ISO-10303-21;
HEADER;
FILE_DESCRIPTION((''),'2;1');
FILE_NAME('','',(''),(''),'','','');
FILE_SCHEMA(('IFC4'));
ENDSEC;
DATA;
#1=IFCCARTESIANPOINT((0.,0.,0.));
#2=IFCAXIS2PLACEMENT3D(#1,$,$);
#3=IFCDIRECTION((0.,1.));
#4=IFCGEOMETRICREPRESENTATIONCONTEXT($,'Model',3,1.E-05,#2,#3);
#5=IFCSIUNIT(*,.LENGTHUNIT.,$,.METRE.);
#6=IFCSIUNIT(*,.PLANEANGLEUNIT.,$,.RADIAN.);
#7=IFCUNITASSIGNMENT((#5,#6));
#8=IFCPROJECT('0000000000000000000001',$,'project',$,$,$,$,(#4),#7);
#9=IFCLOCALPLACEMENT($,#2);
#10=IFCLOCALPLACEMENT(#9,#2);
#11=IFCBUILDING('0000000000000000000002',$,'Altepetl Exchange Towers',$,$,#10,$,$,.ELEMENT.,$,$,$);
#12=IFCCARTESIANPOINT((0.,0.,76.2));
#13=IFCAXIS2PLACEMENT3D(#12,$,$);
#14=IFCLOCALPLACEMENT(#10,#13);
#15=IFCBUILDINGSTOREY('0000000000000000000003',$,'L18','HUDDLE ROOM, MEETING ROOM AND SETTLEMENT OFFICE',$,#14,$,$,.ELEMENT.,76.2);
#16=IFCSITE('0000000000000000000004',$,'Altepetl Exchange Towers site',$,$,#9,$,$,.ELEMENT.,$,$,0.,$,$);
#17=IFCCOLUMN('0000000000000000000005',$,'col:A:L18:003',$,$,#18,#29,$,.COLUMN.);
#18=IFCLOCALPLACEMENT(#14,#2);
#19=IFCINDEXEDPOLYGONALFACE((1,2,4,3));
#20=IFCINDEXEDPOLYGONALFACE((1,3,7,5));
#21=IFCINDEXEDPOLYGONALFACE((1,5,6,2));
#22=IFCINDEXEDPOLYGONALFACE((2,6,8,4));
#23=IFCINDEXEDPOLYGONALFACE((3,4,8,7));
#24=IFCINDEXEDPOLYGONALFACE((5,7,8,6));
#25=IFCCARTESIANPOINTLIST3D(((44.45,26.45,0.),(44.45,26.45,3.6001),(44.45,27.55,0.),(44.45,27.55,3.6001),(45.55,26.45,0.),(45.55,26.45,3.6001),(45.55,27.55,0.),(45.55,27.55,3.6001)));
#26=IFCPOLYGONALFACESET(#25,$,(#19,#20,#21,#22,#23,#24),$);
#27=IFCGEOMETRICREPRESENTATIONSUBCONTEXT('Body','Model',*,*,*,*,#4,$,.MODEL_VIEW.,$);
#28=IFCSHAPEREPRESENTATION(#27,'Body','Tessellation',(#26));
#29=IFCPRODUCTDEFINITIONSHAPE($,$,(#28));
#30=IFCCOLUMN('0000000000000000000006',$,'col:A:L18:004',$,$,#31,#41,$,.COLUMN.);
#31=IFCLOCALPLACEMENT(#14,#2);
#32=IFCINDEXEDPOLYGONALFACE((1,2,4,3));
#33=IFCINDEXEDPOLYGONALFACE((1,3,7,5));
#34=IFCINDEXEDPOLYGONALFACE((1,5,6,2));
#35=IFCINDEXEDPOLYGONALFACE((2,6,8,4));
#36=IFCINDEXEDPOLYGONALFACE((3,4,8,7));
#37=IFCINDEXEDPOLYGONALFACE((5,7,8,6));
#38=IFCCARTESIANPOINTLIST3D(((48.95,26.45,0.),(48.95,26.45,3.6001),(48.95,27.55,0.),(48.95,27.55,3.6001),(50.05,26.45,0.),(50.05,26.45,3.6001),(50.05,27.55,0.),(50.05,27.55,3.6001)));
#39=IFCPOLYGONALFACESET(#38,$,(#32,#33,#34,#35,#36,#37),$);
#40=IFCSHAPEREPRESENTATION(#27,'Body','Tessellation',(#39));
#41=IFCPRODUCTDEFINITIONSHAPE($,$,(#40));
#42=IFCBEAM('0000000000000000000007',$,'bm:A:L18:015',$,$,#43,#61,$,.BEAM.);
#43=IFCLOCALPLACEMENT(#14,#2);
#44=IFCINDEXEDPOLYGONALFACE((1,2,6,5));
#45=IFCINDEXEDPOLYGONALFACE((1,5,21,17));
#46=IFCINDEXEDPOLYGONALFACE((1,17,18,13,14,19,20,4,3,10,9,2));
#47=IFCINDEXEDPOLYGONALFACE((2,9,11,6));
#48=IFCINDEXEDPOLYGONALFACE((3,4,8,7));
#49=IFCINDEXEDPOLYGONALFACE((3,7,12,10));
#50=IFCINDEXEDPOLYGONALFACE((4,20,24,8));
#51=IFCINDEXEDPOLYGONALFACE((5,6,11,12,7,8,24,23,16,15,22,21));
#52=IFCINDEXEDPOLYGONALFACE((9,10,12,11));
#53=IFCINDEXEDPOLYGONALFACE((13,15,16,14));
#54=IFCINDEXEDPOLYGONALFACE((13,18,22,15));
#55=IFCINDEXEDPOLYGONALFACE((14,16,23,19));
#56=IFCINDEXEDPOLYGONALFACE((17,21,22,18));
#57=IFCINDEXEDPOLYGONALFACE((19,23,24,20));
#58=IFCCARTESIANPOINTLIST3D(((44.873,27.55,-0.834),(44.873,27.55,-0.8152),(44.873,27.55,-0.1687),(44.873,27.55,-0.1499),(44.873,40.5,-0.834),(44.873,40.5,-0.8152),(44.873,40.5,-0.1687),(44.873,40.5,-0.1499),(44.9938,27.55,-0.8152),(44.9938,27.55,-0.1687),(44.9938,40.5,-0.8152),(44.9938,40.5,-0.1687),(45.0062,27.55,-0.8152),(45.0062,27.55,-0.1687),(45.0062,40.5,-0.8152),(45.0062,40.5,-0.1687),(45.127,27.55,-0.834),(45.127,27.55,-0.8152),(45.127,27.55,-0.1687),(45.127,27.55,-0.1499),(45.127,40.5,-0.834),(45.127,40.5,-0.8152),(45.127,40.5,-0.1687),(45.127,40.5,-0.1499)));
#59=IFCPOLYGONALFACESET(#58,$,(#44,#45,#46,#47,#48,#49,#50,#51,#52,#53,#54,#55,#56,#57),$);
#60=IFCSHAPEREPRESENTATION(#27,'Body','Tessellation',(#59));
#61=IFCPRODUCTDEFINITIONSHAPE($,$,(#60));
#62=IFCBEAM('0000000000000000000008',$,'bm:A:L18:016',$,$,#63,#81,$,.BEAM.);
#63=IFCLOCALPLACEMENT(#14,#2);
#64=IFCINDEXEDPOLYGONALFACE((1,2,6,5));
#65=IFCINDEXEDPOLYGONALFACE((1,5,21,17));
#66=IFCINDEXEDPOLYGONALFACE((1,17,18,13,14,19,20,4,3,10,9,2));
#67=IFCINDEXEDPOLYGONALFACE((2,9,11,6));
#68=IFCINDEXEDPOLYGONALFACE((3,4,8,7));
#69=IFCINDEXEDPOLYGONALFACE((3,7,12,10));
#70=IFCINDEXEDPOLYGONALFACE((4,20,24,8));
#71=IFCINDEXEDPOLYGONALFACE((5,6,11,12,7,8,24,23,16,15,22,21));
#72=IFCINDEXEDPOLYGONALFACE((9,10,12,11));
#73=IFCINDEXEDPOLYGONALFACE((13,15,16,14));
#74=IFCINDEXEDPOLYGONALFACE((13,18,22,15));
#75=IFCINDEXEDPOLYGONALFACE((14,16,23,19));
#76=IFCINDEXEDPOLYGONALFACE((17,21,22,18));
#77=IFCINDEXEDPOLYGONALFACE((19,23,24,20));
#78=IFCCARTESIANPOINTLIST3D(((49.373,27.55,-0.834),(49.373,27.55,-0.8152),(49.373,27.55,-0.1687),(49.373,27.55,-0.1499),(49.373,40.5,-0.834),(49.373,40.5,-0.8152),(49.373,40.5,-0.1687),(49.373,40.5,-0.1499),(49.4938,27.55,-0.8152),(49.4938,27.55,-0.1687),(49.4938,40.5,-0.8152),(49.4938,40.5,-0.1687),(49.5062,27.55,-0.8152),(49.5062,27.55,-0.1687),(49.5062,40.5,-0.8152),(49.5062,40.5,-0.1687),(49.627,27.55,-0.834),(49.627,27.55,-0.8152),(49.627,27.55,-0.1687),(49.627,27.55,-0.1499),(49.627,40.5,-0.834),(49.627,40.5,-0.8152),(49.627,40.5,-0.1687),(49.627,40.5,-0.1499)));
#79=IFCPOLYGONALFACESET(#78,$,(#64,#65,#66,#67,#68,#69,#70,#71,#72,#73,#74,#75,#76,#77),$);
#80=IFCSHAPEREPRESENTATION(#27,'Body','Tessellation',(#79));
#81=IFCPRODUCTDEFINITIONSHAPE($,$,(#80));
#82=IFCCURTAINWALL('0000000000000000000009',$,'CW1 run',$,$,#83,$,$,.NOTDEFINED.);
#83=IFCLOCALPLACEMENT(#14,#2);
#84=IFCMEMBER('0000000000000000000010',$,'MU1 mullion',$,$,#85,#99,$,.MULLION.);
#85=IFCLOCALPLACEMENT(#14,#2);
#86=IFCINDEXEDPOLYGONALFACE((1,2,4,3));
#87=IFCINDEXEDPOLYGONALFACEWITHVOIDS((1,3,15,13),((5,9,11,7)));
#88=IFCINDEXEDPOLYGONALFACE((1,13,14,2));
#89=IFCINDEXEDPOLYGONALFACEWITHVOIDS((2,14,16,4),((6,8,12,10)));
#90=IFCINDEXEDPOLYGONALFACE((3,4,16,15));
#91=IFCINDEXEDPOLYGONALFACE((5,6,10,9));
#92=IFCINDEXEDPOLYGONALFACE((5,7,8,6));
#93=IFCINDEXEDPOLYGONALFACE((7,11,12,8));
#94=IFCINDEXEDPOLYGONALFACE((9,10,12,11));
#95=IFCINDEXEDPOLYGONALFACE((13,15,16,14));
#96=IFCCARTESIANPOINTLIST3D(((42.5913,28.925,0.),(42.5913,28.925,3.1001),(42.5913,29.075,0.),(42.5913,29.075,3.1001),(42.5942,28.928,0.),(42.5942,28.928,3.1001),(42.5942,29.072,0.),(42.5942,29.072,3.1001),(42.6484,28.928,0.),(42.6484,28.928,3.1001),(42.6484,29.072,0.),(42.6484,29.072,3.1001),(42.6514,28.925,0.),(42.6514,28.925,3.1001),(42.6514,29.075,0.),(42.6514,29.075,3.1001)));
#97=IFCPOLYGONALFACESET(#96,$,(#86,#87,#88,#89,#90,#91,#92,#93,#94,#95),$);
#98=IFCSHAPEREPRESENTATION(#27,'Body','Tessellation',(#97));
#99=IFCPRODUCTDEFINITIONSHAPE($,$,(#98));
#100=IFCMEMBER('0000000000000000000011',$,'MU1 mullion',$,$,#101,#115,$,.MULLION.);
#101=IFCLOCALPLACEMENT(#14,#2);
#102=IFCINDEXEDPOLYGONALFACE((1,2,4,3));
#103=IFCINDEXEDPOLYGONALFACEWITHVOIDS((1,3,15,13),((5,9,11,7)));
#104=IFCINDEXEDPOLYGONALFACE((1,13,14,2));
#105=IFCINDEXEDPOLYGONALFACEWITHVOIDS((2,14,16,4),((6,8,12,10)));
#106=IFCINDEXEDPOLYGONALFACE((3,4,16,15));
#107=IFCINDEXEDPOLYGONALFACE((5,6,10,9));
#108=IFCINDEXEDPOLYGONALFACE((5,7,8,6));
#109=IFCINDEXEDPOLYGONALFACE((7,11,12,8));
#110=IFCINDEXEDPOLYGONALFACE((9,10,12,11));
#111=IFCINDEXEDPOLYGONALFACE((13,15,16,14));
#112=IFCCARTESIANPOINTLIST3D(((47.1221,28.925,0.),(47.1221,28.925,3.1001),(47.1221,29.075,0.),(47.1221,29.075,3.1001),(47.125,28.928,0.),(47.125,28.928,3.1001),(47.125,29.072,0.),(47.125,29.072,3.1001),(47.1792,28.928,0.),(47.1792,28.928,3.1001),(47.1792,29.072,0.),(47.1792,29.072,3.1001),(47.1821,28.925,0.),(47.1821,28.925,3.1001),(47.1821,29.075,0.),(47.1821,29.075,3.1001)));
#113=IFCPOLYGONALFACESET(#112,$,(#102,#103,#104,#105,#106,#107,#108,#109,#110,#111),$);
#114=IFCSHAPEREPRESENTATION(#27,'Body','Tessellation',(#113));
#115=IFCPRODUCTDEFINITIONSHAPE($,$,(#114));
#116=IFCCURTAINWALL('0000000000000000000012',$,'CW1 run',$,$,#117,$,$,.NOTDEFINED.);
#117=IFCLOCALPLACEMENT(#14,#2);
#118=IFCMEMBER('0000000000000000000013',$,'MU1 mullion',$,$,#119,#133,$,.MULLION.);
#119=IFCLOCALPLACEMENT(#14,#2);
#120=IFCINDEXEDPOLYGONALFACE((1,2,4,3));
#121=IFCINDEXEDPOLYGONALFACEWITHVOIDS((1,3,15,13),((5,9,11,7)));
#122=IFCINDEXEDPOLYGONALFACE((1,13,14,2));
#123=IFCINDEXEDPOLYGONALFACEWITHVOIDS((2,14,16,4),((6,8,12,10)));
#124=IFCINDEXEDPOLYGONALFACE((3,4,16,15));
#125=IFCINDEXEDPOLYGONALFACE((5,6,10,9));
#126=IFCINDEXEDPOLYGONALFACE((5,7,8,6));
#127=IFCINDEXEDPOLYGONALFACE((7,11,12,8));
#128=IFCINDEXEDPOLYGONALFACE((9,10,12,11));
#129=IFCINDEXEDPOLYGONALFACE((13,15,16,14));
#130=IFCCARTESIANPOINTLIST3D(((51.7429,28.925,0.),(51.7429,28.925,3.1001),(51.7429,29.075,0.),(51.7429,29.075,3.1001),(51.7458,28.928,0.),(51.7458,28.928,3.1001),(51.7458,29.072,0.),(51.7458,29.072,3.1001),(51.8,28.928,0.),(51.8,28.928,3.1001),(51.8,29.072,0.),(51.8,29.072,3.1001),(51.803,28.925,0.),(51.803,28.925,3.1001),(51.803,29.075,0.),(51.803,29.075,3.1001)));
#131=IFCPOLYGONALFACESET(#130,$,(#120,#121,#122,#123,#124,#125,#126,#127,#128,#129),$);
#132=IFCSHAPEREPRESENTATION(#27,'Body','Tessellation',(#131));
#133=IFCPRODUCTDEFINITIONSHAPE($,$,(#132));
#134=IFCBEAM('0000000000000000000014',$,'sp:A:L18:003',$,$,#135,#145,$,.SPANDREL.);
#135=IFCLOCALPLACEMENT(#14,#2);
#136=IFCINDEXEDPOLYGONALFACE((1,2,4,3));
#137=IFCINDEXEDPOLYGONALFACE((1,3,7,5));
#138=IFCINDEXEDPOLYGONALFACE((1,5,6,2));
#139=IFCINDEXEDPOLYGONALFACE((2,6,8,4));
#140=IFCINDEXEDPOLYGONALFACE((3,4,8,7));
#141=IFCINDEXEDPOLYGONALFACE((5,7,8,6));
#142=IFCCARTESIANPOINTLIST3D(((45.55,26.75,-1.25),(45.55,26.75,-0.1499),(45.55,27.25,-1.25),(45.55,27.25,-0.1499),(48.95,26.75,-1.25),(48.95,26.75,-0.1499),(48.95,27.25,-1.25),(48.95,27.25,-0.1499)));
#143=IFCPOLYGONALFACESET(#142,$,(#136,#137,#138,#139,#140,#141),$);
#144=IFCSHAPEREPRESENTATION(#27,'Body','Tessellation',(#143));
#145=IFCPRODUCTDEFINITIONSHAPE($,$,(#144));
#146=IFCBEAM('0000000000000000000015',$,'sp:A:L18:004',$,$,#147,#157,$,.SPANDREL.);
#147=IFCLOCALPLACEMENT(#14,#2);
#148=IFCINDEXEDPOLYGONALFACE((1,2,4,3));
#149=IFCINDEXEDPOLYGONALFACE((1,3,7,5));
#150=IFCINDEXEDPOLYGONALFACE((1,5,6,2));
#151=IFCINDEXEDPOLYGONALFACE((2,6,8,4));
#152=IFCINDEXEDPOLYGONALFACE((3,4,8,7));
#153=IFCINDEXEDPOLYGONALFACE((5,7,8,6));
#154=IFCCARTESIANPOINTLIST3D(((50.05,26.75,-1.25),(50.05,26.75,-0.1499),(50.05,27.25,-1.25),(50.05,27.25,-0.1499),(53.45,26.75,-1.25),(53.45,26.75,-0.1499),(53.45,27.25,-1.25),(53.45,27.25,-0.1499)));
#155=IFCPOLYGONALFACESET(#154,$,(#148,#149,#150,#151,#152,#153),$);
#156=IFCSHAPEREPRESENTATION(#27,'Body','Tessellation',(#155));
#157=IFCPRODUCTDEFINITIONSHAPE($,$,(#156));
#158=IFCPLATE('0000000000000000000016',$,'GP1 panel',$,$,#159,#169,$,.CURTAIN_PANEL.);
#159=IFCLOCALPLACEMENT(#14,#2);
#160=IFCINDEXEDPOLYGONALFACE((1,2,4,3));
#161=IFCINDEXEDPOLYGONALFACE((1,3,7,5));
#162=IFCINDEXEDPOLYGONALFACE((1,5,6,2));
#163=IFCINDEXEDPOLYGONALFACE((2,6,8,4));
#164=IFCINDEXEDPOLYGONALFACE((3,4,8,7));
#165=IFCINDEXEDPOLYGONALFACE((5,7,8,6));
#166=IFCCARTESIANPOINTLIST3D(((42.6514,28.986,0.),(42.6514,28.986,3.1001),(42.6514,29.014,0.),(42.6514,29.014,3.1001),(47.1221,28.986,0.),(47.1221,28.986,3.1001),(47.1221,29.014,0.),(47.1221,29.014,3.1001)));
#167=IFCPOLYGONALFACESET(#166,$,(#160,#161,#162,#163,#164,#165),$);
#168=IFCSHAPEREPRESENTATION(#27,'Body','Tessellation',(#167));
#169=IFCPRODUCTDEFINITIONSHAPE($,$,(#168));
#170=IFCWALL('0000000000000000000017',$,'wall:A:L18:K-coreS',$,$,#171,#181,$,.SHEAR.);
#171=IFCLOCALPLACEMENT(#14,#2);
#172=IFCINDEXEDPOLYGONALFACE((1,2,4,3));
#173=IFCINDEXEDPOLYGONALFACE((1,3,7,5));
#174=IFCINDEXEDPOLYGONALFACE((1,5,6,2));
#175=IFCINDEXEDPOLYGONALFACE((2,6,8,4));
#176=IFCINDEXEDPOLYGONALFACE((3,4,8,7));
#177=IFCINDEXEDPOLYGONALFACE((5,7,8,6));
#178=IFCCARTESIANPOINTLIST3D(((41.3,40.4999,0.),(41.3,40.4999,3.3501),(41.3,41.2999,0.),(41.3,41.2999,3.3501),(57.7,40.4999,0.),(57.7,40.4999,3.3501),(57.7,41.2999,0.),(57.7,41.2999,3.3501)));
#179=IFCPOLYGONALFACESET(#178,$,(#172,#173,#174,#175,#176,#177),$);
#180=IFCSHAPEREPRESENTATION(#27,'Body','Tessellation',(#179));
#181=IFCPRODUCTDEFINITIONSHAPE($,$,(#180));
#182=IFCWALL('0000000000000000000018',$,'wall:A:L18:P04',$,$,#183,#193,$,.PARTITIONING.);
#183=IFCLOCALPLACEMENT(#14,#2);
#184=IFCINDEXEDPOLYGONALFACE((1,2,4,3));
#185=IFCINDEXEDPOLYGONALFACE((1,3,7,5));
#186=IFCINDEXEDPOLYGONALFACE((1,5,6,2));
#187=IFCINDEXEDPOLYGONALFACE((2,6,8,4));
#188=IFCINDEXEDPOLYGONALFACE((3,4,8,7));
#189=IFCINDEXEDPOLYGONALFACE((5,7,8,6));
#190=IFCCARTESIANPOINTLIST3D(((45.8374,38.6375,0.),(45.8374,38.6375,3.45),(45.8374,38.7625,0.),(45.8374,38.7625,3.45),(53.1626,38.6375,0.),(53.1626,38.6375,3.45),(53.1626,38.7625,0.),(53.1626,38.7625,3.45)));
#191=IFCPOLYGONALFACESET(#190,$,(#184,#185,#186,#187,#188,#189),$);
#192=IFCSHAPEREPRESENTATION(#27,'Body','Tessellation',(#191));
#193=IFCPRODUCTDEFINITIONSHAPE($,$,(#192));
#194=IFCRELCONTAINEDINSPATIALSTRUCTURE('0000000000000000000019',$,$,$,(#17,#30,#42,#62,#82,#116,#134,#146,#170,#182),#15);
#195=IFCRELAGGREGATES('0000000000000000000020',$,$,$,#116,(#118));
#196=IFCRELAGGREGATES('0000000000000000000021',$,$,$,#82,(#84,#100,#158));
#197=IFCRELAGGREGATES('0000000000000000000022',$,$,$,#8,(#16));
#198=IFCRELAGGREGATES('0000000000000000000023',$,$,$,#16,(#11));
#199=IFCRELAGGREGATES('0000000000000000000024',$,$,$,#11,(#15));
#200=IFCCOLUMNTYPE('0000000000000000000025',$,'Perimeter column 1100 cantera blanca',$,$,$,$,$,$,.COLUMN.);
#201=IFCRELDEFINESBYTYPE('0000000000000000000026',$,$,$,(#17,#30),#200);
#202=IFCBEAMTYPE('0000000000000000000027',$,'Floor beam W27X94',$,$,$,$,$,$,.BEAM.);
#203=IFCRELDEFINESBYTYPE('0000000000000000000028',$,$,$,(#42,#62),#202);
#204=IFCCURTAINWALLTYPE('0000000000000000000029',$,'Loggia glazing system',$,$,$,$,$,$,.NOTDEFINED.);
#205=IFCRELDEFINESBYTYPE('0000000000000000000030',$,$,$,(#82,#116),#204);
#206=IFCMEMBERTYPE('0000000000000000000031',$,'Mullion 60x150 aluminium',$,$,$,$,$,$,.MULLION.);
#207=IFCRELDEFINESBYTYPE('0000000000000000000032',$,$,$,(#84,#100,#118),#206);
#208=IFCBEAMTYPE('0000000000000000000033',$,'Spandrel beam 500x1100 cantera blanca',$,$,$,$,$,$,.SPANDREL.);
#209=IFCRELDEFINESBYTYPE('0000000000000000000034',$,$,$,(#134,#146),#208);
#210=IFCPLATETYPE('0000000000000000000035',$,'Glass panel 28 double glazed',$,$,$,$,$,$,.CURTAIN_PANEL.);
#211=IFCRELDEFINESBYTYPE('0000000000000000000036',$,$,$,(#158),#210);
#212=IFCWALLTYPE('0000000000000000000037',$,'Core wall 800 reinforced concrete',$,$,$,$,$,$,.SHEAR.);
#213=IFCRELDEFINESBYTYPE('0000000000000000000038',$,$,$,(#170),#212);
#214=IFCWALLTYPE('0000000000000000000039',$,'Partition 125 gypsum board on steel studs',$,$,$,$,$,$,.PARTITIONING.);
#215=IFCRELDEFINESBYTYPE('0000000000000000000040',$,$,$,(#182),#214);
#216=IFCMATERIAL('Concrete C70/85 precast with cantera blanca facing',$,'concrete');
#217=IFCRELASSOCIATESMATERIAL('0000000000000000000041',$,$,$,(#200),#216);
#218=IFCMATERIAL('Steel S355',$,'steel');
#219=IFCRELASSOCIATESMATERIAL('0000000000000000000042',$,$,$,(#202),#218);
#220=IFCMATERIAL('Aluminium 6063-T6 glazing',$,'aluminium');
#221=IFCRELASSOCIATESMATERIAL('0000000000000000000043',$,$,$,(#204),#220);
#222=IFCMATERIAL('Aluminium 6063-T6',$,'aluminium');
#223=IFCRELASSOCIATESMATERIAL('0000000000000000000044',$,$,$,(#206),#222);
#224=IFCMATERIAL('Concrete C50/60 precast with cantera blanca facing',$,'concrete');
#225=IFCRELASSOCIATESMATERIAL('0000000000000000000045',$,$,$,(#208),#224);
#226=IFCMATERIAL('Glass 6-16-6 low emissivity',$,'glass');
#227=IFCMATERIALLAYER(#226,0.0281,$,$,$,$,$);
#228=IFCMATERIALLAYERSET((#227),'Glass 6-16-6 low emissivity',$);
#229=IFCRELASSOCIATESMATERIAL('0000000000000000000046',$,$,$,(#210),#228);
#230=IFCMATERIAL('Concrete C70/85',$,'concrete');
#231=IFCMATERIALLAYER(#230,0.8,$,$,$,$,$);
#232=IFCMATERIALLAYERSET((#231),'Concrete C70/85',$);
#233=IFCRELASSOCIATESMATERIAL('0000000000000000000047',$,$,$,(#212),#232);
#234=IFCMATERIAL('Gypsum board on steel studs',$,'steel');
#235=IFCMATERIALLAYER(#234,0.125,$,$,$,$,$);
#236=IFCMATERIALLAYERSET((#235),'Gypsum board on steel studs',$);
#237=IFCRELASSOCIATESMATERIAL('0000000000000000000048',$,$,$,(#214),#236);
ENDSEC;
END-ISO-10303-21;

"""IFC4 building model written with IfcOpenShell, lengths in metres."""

from ifc_helpers import new_model, si_unit, direction, frame, frame_2d, origin, origin_2d, place, context, subcontext, project, spatial, rectangle, hollow_rectangle, i_section, extrude, material, layer, layer_set, material_profile, profile_set, type_object, element, aggregate, save


model = new_model("IFC4")

# Units and contexts
model_context = context("Model", 3, precision=1e-05, world=origin(), true_north=direction((0.0, 1.0)))
body_context = subcontext(model_context, "Body", "Model", "MODEL_VIEW")
ifc_project = project(units=[si_unit("LENGTHUNIT", "METRE"), si_unit("PLANEANGLEUNIT", "RADIAN")], contexts=[model_context])

# Site, building, storey
site_placement = place(None, origin())
site = spatial("IfcSite", under=ifc_project, at=site_placement, Name="Altepetl Exchange Towers site", CompositionType="ELEMENT", RefElevation=0.0)
building_placement = place(site_placement, origin())
building = spatial("IfcBuilding", under=site, at=building_placement, Name="Altepetl Exchange Towers", CompositionType="ELEMENT")
storey_placement = place(building_placement, frame((0.0, 0.0, 76.2)))
storey = spatial("IfcBuildingStorey", under=building, at=storey_placement, Name="L18", Description="HUDDLE ROOM, MEETING ROOM AND SETTLEMENT OFFICE", CompositionType="ELEMENT", Elevation=76.2)

# Columns
ifc_material_1 = material(Name="Concrete C70/85 precast with cantera blanca facing", Category="concrete")
ifc_material_profile_1 = material_profile(ifc_material_1, rectangle(XDim=1.1001, YDim=1.1001, at=origin_2d()), Name="1100 x 1100")
ifc_profile_set_1 = profile_set([ifc_material_profile_1], Name="Concrete C70/85 precast with cantera blanca facing")
column_type = type_object("IfcColumnType", Name="Perimeter column 1100 cantera blanca", PredefinedType="COLUMN", material=ifc_profile_set_1)
for number, where, name in (
    (1, (45.0, 27.0, 0.0), "col:A:L18:003"),
    (2, (49.5, 27.0, 0.0), "col:A:L18:004"),
):
    element("IfcColumn", number, at=place(storey_placement, frame(where)), inside=storey, type_object=column_type, Name=name, PredefinedType="COLUMN", context=body_context, shape_type="SweptSolid", body=[
        extrude(rectangle(XDim=1.1001, YDim=1.1001, at=origin_2d()), origin(), (0.0, 0.0, 1.0), 3.6001),
    ])

# Beams
ifc_material_2 = material(Name="Steel S355", Category="steel")
ifc_material_profile_2 = material_profile(ifc_material_2, i_section(OverallWidth=0.2539, OverallDepth=0.6841, WebThickness=0.0125, FlangeThickness=0.0188, at=origin_2d()), Name="W27X94")
ifc_profile_set_2 = profile_set([ifc_material_profile_2], Name="Steel S355")
beam_type_1 = type_object("IfcBeamType", Name="Floor beam W27X94", PredefinedType="BEAM", material=ifc_profile_set_2)
for number, where, z_axis, x_axis, name in (
    (3, (45.0, 27.55, -0.4919), (0.0, 1.0, 0.0), (-1.0, 0.0, 0.0), "bm:A:L18:015"),
    (4, (49.5, 27.55, -0.4919), (0.0, 1.0, 0.0), (-1.0, 0.0, 0.0), "bm:A:L18:016"),
):
    element("IfcBeam", number, at=place(storey_placement, frame(where, z_axis=z_axis, x_axis=x_axis)), inside=storey, type_object=beam_type_1, Name=name, PredefinedType="BEAM", context=body_context, shape_type="SweptSolid", body=[
        extrude(i_section(OverallWidth=0.2539, OverallDepth=0.6841, WebThickness=0.0125, FlangeThickness=0.0188, at=origin_2d()), origin(), (0.0, 0.0, 1.0), 12.95),
    ])

# Curtain wall, members
ifc_material_3 = material(Name="Aluminium 6063-T6 glazing", Category="aluminium")
curtain_wall_type = type_object("IfcCurtainWallType", Name="Loggia glazing system", PredefinedType="NOTDEFINED", material=ifc_material_3)
curtain_wall_1_placement = place(storey_placement, origin())
curtain_wall_1 = element("IfcCurtainWall", 5, at=curtain_wall_1_placement, inside=storey, type_object=curtain_wall_type, Name="CW1 run", PredefinedType="NOTDEFINED")
ifc_material_4 = material(Name="Aluminium 6063-T6", Category="aluminium")
ifc_material_profile_3 = material_profile(ifc_material_4, hollow_rectangle(XDim=0.0601, YDim=0.1499, WallThickness=0.0029, at=origin_2d()), Name="Mullion 60x150 aluminium")
ifc_profile_set_3 = profile_set([ifc_material_profile_3], Name="Aluminium 6063-T6")
member_type = type_object("IfcMemberType", Name="Mullion 60x150 aluminium", PredefinedType="MULLION", material=ifc_profile_set_3)
member_1_placement = place(storey_placement, frame((42.6213, 29.0, 0.0)))
member_1 = element("IfcMember", 6, at=member_1_placement, type_object=member_type, Name="MU1 mullion", PredefinedType="MULLION", context=body_context, shape_type="SweptSolid", body=[
    extrude(hollow_rectangle(XDim=0.0601, YDim=0.1499, WallThickness=0.0029, at=origin_2d()), origin(), (0.0, 0.0, 1.0), 3.1001),
])
member_2_placement = place(storey_placement, frame((47.1521, 29.0, 0.0)))
member_2 = element("IfcMember", 7, at=member_2_placement, type_object=member_type, Name="MU1 mullion", PredefinedType="MULLION", context=body_context, shape_type="SweptSolid", body=[
    extrude(hollow_rectangle(XDim=0.0601, YDim=0.1499, WallThickness=0.0029, at=origin_2d()), origin(), (0.0, 0.0, 1.0), 3.1001),
])

# Curtain wall, member
curtain_wall_2_placement = place(storey_placement, origin())
curtain_wall_2 = element("IfcCurtainWall", 8, at=curtain_wall_2_placement, inside=storey, type_object=curtain_wall_type, Name="CW1 run", PredefinedType="NOTDEFINED")
member_3_placement = place(storey_placement, frame((51.7729, 29.0, 0.0)))
member_3 = element("IfcMember", 9, at=member_3_placement, type_object=member_type, Name="MU1 mullion", PredefinedType="MULLION", context=body_context, shape_type="SweptSolid", body=[
    extrude(hollow_rectangle(XDim=0.0601, YDim=0.1499, WallThickness=0.0029, at=origin_2d()), origin(), (0.0, 0.0, 1.0), 3.1001),
])
aggregate(curtain_wall_2, [member_3])

# Beams
ifc_material_5 = material(Name="Concrete C50/60 precast with cantera blanca facing", Category="concrete")
ifc_material_profile_4 = material_profile(ifc_material_5, rectangle(XDim=0.5, YDim=1.1001, at=origin_2d()), Name="500 x 1100")
ifc_profile_set_4 = profile_set([ifc_material_profile_4], Name="Concrete C50/60 precast with cantera blanca facing")
beam_type_2 = type_object("IfcBeamType", Name="Spandrel beam 500x1100 cantera blanca", PredefinedType="SPANDREL", material=ifc_profile_set_4)
for number, where, z_axis, x_axis, name in (
    (10, (45.55, 27.0, -0.7), (1.0, 0.0, 0.0), (0.0, 1.0, 0.0), "sp:A:L18:003"),
    (11, (50.05, 27.0, -0.7), (1.0, 0.0, 0.0), (0.0, 1.0, 0.0), "sp:A:L18:004"),
):
    element("IfcBeam", number, at=place(storey_placement, frame(where, z_axis=z_axis, x_axis=x_axis)), inside=storey, type_object=beam_type_2, Name=name, PredefinedType="SPANDREL", context=body_context, shape_type="SweptSolid", body=[
        extrude(rectangle(XDim=0.5, YDim=1.1001, at=origin_2d()), origin(), (0.0, 0.0, 1.0), 3.3999),
    ])

# Plate
ifc_material_6 = material(Name="Glass 6-16-6 low emissivity", Category="glass")
ifc_layer_1 = layer(ifc_material_6, 0.0281)
ifc_layer_set_1 = layer_set([ifc_layer_1], Name="Glass 6-16-6 low emissivity")
plate_type = type_object("IfcPlateType", Name="Glass panel 28 double glazed", PredefinedType="CURTAIN_PANEL", material=ifc_layer_set_1)
plate_placement = place(storey_placement, frame((44.8867, 29.0, 0.0)))
plate = element("IfcPlate", 12, at=plate_placement, type_object=plate_type, Name="GP1 panel", PredefinedType="CURTAIN_PANEL", context=body_context, shape_type="SweptSolid", body=[
    extrude(rectangle(XDim=4.4707, YDim=0.0281, at=origin_2d()), origin(), (0.0, 0.0, 1.0), 3.1001),
])
aggregate(curtain_wall_1, [member_1, member_2, plate])

# Wall
ifc_material_7 = material(Name="Concrete C70/85", Category="concrete")
ifc_layer_2 = layer(ifc_material_7, 0.8)
ifc_layer_set_2 = layer_set([ifc_layer_2], Name="Concrete C70/85")
wall_type_1 = type_object("IfcWallType", Name="Core wall 800 reinforced concrete", PredefinedType="SHEAR", material=ifc_layer_set_2)
wall_1_placement = place(storey_placement, frame((41.3, 40.8999, 0.0)))
element("IfcWall", 13, at=wall_1_placement, inside=storey, type_object=wall_type_1, Name="wall:A:L18:K-coreS", PredefinedType="SHEAR", context=body_context, shape_type="SweptSolid", body=[
    extrude(rectangle(XDim=16.3999, YDim=0.8, at=frame_2d((8.2, 0.0))), origin(), (0.0, 0.0, 1.0), 3.3501),
])

# Wall
ifc_material_8 = material(Name="Gypsum board on steel studs", Category="steel")
ifc_layer_3 = layer(ifc_material_8, 0.125)
ifc_layer_set_3 = layer_set([ifc_layer_3], Name="Gypsum board on steel studs")
wall_type_2 = type_object("IfcWallType", Name="Partition 125 gypsum board on steel studs", PredefinedType="PARTITIONING", material=ifc_layer_set_3)
wall_2_placement = place(storey_placement, frame((45.8374, 38.7, 0.0)))
element("IfcWall", 14, at=wall_2_placement, inside=storey, type_object=wall_type_2, Name="wall:A:L18:P04", PredefinedType="PARTITIONING", context=body_context, shape_type="SweptSolid", body=[
    extrude(rectangle(XDim=7.3252, YDim=0.125, at=frame_2d((3.6626, 0.0))), origin(), (0.0, 0.0, 1.0), 3.45),
])

save(model, "model.ifc")
